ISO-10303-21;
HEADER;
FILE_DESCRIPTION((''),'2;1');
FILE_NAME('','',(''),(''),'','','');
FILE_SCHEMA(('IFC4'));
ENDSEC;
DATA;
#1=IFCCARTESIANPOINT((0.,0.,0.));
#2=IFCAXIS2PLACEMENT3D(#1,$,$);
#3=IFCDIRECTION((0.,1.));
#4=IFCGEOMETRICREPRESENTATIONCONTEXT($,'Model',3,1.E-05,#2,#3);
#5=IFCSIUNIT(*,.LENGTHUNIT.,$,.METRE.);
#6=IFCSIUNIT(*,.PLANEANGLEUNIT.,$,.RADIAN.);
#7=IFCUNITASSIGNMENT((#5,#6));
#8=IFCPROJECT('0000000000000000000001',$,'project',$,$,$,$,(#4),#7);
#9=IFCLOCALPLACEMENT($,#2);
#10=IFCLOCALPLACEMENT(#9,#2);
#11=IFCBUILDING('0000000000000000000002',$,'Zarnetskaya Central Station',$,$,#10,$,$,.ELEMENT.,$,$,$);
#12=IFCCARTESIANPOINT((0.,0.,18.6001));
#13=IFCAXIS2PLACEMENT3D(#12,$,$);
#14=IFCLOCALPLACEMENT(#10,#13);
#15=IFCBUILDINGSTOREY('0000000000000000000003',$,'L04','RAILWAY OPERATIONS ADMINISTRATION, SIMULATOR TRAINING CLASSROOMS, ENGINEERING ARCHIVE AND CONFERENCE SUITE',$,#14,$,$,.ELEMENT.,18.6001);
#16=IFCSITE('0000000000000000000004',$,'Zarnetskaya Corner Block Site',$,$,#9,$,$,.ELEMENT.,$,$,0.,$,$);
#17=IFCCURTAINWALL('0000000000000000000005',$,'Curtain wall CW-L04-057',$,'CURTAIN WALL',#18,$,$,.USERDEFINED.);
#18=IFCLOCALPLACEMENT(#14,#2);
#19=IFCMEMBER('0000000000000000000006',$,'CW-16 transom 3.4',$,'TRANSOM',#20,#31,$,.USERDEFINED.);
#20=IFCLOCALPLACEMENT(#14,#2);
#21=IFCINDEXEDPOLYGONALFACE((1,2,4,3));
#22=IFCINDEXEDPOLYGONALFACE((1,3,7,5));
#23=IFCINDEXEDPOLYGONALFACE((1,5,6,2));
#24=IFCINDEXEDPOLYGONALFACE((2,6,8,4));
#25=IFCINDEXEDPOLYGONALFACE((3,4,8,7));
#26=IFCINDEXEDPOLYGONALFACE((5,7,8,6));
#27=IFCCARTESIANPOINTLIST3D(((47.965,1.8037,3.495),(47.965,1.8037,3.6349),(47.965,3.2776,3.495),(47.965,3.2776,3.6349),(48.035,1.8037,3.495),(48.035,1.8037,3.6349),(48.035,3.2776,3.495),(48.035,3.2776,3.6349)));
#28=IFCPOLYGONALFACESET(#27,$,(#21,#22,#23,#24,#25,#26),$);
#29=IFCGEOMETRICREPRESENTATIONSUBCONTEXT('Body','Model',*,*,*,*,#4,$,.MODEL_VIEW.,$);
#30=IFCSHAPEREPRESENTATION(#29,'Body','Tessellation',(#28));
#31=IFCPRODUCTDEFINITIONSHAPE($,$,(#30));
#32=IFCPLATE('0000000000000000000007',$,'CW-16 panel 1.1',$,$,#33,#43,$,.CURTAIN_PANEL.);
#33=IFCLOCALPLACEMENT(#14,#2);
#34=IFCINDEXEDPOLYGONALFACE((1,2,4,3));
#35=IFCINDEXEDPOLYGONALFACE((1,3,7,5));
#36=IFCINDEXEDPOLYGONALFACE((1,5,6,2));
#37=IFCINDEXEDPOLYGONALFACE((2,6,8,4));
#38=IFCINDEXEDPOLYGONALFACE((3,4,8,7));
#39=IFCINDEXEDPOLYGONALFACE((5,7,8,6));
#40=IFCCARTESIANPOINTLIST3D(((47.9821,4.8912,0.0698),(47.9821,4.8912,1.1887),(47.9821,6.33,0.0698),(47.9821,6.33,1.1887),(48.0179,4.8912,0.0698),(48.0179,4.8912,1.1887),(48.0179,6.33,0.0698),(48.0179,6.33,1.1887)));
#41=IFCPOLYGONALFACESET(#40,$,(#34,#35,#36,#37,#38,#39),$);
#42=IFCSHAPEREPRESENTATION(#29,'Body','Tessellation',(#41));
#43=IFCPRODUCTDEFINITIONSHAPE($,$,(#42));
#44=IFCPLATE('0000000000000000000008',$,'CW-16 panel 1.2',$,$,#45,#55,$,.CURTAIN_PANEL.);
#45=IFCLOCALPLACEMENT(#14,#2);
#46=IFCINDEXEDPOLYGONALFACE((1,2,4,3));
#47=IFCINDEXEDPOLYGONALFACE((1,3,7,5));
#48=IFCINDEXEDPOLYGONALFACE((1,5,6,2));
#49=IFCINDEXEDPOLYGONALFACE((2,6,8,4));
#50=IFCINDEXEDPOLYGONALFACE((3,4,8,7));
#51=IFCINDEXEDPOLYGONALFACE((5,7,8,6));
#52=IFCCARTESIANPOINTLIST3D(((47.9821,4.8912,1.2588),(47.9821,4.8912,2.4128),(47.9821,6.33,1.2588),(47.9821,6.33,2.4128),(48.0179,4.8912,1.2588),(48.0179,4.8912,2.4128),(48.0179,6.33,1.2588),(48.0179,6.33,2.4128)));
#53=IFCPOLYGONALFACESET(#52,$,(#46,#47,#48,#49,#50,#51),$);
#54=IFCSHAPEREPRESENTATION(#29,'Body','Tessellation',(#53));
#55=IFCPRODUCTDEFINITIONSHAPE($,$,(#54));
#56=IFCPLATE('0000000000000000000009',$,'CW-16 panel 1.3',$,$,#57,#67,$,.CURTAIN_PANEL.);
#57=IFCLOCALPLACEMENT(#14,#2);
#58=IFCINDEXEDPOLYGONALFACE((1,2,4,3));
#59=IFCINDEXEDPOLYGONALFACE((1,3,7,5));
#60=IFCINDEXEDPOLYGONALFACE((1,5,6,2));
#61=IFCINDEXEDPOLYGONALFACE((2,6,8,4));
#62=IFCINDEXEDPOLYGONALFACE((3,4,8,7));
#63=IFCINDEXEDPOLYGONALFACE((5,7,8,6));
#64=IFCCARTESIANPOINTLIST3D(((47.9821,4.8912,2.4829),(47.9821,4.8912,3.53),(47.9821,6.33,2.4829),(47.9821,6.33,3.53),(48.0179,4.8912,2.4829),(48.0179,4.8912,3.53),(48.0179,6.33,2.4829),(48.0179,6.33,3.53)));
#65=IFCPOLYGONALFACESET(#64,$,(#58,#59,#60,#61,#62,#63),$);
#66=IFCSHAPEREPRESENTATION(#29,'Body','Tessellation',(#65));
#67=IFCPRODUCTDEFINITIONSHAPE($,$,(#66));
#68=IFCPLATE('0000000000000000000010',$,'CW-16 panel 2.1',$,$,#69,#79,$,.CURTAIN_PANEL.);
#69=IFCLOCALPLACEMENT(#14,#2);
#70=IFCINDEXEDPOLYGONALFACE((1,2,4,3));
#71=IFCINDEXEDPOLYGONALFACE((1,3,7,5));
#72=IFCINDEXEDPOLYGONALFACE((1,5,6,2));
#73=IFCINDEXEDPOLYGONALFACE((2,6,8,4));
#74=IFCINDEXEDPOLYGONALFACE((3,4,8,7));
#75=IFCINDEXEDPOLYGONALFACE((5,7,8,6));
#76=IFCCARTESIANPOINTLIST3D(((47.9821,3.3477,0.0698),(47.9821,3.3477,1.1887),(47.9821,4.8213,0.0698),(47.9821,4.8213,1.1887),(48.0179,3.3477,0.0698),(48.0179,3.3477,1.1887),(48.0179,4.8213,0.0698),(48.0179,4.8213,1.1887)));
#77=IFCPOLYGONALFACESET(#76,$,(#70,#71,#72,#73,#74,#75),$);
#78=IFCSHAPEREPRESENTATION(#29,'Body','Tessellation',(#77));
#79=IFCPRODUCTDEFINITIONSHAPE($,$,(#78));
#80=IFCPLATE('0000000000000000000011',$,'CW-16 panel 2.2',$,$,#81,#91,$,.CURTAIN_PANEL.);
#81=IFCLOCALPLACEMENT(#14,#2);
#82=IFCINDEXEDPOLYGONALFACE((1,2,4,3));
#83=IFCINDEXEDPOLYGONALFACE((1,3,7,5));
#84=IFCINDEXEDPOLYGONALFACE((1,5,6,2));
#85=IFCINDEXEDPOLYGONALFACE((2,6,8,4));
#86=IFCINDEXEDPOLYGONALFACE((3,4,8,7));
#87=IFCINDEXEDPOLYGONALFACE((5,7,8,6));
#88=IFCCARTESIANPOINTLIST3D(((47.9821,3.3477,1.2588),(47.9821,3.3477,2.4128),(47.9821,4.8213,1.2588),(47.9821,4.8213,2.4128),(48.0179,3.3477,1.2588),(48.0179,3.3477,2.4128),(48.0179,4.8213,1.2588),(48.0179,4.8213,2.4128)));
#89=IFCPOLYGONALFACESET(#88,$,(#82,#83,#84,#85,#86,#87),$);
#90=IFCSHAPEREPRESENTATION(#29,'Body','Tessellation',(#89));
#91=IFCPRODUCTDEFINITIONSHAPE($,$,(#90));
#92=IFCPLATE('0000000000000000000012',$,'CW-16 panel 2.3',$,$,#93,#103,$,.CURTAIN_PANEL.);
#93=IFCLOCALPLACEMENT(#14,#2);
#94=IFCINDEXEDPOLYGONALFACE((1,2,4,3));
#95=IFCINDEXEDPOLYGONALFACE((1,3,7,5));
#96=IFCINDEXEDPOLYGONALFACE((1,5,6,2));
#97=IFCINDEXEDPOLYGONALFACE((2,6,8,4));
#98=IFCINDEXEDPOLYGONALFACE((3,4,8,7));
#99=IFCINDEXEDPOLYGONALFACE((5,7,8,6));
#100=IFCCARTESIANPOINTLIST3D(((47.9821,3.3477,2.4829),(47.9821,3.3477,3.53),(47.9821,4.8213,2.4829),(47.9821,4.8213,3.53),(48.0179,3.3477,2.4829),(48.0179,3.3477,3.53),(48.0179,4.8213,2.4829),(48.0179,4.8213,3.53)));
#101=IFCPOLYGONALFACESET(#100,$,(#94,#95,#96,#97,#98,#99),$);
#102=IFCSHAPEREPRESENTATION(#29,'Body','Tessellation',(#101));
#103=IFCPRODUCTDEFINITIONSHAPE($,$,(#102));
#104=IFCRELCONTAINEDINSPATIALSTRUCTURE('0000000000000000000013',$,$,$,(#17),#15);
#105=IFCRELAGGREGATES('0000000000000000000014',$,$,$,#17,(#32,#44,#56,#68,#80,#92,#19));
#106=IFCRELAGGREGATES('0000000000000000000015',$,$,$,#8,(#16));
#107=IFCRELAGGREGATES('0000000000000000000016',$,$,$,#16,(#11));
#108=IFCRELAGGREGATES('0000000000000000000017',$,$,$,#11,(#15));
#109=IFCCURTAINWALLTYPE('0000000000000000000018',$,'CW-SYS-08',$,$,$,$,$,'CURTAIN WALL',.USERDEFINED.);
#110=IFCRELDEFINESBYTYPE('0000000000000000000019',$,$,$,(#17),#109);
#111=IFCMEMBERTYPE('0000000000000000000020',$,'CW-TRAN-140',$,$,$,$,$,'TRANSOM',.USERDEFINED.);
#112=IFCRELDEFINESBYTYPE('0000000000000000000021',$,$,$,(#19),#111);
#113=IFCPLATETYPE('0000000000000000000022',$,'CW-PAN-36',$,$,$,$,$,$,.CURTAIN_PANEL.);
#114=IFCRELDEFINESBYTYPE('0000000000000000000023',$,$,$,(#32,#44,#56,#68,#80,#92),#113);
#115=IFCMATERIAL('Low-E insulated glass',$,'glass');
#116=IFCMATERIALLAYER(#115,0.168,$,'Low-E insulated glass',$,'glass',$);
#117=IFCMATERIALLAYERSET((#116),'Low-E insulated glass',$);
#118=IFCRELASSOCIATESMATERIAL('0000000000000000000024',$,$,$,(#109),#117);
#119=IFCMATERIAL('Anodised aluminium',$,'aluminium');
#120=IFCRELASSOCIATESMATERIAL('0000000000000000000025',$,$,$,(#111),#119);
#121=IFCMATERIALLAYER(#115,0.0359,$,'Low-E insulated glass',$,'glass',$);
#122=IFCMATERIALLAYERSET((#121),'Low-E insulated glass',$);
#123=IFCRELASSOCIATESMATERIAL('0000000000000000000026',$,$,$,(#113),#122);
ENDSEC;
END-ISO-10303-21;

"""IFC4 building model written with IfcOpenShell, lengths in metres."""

from ifc_helpers import new_model, si_unit, direction, frame, origin, origin_2d, place, context, subcontext, project, spatial, rectangle, extrude, material, layer, layer_set, material_profile, profile_set, type_object, element, aggregate, save


model = new_model("IFC4")

# Units and contexts
model_context = context("Model", 3, precision=1e-05, world=origin(), true_north=direction((0.0, 1.0)))
body_context = subcontext(model_context, "Body", "Model", "MODEL_VIEW")
ifc_project = project(units=[si_unit("LENGTHUNIT", "METRE"), si_unit("PLANEANGLEUNIT", "RADIAN")], contexts=[model_context])

# Site, building, storey
site_placement = place(None, origin())
site = spatial("IfcSite", under=ifc_project, at=site_placement, Name="Zarnetskaya Corner Block Site", CompositionType="ELEMENT", RefElevation=0.0)
building_placement = place(site_placement, origin())
building = spatial("IfcBuilding", under=site, at=building_placement, Name="Zarnetskaya Central Station", CompositionType="ELEMENT")
storey_placement = place(building_placement, frame((0.0, 0.0, 18.6001)))
storey = spatial("IfcBuildingStorey", under=building, at=storey_placement, Name="L04", Description="RAILWAY OPERATIONS ADMINISTRATION, SIMULATOR TRAINING CLASSROOMS, ENGINEERING ARCHIVE AND CONFERENCE SUITE", CompositionType="ELEMENT", Elevation=18.6001)

# Curtain wall, member, plates
ifc_material_1 = material(Name="Low-E insulated glass", Category="glass")
ifc_layer_1 = layer(ifc_material_1, 0.168, Name="Low-E insulated glass", Category="glass")
ifc_layer_set_1 = layer_set([ifc_layer_1], Name="Low-E insulated glass")
curtain_wall_type = type_object("IfcCurtainWallType", Name="CW-SYS-08", ElementType="CURTAIN WALL", PredefinedType="USERDEFINED", material=ifc_layer_set_1)
curtain_wall_placement = place(storey_placement, origin())
curtain_wall = element("IfcCurtainWall", 1, at=curtain_wall_placement, inside=storey, type_object=curtain_wall_type, Name="Curtain wall CW-L04-057", ObjectType="CURTAIN WALL", PredefinedType="USERDEFINED")
ifc_material_2 = material(Name="Anodised aluminium", Category="aluminium")
ifc_material_profile_1 = material_profile(ifc_material_2, rectangle(XDim=0.0701, YDim=0.1399, at=origin_2d()), Name="ALU TRAN 70x140")
ifc_profile_set_1 = profile_set([ifc_material_profile_1], Name="Anodised aluminium")
member_type_1 = type_object("IfcMemberType", Name="CW-TRAN-140", ElementType="TRANSOM", PredefinedType="USERDEFINED", material=ifc_profile_set_1)
member_1_placement = place(storey_placement, frame((48.0, 3.2776, 3.5649), z_axis=(0.0, -1.0, 0.0), x_axis=(1.0, 0.0, 0.0)))
member_1 = element("IfcMember", 2, at=member_1_placement, type_object=member_type_1, Name="CW-16 transom 3.4", ObjectType="TRANSOM", PredefinedType="USERDEFINED", context=body_context, shape_type="SweptSolid", body=[
    extrude(rectangle(XDim=0.0701, YDim=0.1399, at=origin_2d()), origin(), (0.0, 0.0, 1.0), 1.4739),
])
ifc_layer_2 = layer(ifc_material_1, 0.0359, Name="Low-E insulated glass", Category="glass")
ifc_layer_set_2 = layer_set([ifc_layer_2], Name="Low-E insulated glass")
plate_type = type_object("IfcPlateType", Name="CW-PAN-36", PredefinedType="CURTAIN_PANEL", material=ifc_layer_set_2)
plate_1_placement = place(storey_placement, frame((48.0, 5.6106, 0.0698), z_axis=(0.0, 0.0, 1.0), x_axis=(0.0, -1.0, 0.0)))
plate_1 = element("IfcPlate", 3, at=plate_1_placement, type_object=plate_type, Name="CW-16 panel 1.1", PredefinedType="CURTAIN_PANEL", context=body_context, shape_type="SweptSolid", body=[
    extrude(rectangle(XDim=1.4387, YDim=0.0359, at=origin_2d()), origin(), (0.0, 0.0, 1.0), 1.1189),
])
plate_2_placement = place(storey_placement, frame((48.0, 5.6106, 1.2588), z_axis=(0.0, 0.0, 1.0), x_axis=(0.0, -1.0, 0.0)))
plate_2 = element("IfcPlate", 4, at=plate_2_placement, type_object=plate_type, Name="CW-16 panel 1.2", PredefinedType="CURTAIN_PANEL", context=body_context, shape_type="SweptSolid", body=[
    extrude(rectangle(XDim=1.4387, YDim=0.0359, at=origin_2d()), origin(), (0.0, 0.0, 1.0), 1.1541),
])
plate_3_placement = place(storey_placement, frame((48.0, 5.6106, 2.4829), z_axis=(0.0, 0.0, 1.0), x_axis=(0.0, -1.0, 0.0)))
plate_3 = element("IfcPlate", 5, at=plate_3_placement, type_object=plate_type, Name="CW-16 panel 1.3", PredefinedType="CURTAIN_PANEL", context=body_context, shape_type="SweptSolid", body=[
    extrude(rectangle(XDim=1.4387, YDim=0.0359, at=origin_2d()), origin(), (0.0, 0.0, 1.0), 1.0471),
])
plate_4_placement = place(storey_placement, frame((48.0, 4.0845, 0.0698), z_axis=(0.0, 0.0, 1.0), x_axis=(0.0, -1.0, 0.0)))
plate_4 = element("IfcPlate", 6, at=plate_4_placement, type_object=plate_type, Name="CW-16 panel 2.1", PredefinedType="CURTAIN_PANEL", context=body_context, shape_type="SweptSolid", body=[
    extrude(rectangle(XDim=1.4736, YDim=0.0359, at=origin_2d()), origin(), (0.0, 0.0, 1.0), 1.1189),
])
plate_5_placement = place(storey_placement, frame((48.0, 4.0845, 1.2588), z_axis=(0.0, 0.0, 1.0), x_axis=(0.0, -1.0, 0.0)))
plate_5 = element("IfcPlate", 7, at=plate_5_placement, type_object=plate_type, Name="CW-16 panel 2.2", PredefinedType="CURTAIN_PANEL", context=body_context, shape_type="SweptSolid", body=[
    extrude(rectangle(XDim=1.4736, YDim=0.0359, at=origin_2d()), origin(), (0.0, 0.0, 1.0), 1.1541),
])
plate_6_placement = place(storey_placement, frame((48.0, 4.0845, 2.4829), z_axis=(0.0, 0.0, 1.0), x_axis=(0.0, -1.0, 0.0)))
plate_6 = element("IfcPlate", 8, at=plate_6_placement, type_object=plate_type, Name="CW-16 panel 2.3", PredefinedType="CURTAIN_PANEL", context=body_context, shape_type="SweptSolid", body=[
    extrude(rectangle(XDim=1.4736, YDim=0.0359, at=origin_2d()), origin(), (0.0, 0.0, 1.0), 1.0471),
])
aggregate(curtain_wall, [plate_1, plate_2, plate_3, plate_4, plate_5, plate_6, member_1])

save(model, "model.ifc")
